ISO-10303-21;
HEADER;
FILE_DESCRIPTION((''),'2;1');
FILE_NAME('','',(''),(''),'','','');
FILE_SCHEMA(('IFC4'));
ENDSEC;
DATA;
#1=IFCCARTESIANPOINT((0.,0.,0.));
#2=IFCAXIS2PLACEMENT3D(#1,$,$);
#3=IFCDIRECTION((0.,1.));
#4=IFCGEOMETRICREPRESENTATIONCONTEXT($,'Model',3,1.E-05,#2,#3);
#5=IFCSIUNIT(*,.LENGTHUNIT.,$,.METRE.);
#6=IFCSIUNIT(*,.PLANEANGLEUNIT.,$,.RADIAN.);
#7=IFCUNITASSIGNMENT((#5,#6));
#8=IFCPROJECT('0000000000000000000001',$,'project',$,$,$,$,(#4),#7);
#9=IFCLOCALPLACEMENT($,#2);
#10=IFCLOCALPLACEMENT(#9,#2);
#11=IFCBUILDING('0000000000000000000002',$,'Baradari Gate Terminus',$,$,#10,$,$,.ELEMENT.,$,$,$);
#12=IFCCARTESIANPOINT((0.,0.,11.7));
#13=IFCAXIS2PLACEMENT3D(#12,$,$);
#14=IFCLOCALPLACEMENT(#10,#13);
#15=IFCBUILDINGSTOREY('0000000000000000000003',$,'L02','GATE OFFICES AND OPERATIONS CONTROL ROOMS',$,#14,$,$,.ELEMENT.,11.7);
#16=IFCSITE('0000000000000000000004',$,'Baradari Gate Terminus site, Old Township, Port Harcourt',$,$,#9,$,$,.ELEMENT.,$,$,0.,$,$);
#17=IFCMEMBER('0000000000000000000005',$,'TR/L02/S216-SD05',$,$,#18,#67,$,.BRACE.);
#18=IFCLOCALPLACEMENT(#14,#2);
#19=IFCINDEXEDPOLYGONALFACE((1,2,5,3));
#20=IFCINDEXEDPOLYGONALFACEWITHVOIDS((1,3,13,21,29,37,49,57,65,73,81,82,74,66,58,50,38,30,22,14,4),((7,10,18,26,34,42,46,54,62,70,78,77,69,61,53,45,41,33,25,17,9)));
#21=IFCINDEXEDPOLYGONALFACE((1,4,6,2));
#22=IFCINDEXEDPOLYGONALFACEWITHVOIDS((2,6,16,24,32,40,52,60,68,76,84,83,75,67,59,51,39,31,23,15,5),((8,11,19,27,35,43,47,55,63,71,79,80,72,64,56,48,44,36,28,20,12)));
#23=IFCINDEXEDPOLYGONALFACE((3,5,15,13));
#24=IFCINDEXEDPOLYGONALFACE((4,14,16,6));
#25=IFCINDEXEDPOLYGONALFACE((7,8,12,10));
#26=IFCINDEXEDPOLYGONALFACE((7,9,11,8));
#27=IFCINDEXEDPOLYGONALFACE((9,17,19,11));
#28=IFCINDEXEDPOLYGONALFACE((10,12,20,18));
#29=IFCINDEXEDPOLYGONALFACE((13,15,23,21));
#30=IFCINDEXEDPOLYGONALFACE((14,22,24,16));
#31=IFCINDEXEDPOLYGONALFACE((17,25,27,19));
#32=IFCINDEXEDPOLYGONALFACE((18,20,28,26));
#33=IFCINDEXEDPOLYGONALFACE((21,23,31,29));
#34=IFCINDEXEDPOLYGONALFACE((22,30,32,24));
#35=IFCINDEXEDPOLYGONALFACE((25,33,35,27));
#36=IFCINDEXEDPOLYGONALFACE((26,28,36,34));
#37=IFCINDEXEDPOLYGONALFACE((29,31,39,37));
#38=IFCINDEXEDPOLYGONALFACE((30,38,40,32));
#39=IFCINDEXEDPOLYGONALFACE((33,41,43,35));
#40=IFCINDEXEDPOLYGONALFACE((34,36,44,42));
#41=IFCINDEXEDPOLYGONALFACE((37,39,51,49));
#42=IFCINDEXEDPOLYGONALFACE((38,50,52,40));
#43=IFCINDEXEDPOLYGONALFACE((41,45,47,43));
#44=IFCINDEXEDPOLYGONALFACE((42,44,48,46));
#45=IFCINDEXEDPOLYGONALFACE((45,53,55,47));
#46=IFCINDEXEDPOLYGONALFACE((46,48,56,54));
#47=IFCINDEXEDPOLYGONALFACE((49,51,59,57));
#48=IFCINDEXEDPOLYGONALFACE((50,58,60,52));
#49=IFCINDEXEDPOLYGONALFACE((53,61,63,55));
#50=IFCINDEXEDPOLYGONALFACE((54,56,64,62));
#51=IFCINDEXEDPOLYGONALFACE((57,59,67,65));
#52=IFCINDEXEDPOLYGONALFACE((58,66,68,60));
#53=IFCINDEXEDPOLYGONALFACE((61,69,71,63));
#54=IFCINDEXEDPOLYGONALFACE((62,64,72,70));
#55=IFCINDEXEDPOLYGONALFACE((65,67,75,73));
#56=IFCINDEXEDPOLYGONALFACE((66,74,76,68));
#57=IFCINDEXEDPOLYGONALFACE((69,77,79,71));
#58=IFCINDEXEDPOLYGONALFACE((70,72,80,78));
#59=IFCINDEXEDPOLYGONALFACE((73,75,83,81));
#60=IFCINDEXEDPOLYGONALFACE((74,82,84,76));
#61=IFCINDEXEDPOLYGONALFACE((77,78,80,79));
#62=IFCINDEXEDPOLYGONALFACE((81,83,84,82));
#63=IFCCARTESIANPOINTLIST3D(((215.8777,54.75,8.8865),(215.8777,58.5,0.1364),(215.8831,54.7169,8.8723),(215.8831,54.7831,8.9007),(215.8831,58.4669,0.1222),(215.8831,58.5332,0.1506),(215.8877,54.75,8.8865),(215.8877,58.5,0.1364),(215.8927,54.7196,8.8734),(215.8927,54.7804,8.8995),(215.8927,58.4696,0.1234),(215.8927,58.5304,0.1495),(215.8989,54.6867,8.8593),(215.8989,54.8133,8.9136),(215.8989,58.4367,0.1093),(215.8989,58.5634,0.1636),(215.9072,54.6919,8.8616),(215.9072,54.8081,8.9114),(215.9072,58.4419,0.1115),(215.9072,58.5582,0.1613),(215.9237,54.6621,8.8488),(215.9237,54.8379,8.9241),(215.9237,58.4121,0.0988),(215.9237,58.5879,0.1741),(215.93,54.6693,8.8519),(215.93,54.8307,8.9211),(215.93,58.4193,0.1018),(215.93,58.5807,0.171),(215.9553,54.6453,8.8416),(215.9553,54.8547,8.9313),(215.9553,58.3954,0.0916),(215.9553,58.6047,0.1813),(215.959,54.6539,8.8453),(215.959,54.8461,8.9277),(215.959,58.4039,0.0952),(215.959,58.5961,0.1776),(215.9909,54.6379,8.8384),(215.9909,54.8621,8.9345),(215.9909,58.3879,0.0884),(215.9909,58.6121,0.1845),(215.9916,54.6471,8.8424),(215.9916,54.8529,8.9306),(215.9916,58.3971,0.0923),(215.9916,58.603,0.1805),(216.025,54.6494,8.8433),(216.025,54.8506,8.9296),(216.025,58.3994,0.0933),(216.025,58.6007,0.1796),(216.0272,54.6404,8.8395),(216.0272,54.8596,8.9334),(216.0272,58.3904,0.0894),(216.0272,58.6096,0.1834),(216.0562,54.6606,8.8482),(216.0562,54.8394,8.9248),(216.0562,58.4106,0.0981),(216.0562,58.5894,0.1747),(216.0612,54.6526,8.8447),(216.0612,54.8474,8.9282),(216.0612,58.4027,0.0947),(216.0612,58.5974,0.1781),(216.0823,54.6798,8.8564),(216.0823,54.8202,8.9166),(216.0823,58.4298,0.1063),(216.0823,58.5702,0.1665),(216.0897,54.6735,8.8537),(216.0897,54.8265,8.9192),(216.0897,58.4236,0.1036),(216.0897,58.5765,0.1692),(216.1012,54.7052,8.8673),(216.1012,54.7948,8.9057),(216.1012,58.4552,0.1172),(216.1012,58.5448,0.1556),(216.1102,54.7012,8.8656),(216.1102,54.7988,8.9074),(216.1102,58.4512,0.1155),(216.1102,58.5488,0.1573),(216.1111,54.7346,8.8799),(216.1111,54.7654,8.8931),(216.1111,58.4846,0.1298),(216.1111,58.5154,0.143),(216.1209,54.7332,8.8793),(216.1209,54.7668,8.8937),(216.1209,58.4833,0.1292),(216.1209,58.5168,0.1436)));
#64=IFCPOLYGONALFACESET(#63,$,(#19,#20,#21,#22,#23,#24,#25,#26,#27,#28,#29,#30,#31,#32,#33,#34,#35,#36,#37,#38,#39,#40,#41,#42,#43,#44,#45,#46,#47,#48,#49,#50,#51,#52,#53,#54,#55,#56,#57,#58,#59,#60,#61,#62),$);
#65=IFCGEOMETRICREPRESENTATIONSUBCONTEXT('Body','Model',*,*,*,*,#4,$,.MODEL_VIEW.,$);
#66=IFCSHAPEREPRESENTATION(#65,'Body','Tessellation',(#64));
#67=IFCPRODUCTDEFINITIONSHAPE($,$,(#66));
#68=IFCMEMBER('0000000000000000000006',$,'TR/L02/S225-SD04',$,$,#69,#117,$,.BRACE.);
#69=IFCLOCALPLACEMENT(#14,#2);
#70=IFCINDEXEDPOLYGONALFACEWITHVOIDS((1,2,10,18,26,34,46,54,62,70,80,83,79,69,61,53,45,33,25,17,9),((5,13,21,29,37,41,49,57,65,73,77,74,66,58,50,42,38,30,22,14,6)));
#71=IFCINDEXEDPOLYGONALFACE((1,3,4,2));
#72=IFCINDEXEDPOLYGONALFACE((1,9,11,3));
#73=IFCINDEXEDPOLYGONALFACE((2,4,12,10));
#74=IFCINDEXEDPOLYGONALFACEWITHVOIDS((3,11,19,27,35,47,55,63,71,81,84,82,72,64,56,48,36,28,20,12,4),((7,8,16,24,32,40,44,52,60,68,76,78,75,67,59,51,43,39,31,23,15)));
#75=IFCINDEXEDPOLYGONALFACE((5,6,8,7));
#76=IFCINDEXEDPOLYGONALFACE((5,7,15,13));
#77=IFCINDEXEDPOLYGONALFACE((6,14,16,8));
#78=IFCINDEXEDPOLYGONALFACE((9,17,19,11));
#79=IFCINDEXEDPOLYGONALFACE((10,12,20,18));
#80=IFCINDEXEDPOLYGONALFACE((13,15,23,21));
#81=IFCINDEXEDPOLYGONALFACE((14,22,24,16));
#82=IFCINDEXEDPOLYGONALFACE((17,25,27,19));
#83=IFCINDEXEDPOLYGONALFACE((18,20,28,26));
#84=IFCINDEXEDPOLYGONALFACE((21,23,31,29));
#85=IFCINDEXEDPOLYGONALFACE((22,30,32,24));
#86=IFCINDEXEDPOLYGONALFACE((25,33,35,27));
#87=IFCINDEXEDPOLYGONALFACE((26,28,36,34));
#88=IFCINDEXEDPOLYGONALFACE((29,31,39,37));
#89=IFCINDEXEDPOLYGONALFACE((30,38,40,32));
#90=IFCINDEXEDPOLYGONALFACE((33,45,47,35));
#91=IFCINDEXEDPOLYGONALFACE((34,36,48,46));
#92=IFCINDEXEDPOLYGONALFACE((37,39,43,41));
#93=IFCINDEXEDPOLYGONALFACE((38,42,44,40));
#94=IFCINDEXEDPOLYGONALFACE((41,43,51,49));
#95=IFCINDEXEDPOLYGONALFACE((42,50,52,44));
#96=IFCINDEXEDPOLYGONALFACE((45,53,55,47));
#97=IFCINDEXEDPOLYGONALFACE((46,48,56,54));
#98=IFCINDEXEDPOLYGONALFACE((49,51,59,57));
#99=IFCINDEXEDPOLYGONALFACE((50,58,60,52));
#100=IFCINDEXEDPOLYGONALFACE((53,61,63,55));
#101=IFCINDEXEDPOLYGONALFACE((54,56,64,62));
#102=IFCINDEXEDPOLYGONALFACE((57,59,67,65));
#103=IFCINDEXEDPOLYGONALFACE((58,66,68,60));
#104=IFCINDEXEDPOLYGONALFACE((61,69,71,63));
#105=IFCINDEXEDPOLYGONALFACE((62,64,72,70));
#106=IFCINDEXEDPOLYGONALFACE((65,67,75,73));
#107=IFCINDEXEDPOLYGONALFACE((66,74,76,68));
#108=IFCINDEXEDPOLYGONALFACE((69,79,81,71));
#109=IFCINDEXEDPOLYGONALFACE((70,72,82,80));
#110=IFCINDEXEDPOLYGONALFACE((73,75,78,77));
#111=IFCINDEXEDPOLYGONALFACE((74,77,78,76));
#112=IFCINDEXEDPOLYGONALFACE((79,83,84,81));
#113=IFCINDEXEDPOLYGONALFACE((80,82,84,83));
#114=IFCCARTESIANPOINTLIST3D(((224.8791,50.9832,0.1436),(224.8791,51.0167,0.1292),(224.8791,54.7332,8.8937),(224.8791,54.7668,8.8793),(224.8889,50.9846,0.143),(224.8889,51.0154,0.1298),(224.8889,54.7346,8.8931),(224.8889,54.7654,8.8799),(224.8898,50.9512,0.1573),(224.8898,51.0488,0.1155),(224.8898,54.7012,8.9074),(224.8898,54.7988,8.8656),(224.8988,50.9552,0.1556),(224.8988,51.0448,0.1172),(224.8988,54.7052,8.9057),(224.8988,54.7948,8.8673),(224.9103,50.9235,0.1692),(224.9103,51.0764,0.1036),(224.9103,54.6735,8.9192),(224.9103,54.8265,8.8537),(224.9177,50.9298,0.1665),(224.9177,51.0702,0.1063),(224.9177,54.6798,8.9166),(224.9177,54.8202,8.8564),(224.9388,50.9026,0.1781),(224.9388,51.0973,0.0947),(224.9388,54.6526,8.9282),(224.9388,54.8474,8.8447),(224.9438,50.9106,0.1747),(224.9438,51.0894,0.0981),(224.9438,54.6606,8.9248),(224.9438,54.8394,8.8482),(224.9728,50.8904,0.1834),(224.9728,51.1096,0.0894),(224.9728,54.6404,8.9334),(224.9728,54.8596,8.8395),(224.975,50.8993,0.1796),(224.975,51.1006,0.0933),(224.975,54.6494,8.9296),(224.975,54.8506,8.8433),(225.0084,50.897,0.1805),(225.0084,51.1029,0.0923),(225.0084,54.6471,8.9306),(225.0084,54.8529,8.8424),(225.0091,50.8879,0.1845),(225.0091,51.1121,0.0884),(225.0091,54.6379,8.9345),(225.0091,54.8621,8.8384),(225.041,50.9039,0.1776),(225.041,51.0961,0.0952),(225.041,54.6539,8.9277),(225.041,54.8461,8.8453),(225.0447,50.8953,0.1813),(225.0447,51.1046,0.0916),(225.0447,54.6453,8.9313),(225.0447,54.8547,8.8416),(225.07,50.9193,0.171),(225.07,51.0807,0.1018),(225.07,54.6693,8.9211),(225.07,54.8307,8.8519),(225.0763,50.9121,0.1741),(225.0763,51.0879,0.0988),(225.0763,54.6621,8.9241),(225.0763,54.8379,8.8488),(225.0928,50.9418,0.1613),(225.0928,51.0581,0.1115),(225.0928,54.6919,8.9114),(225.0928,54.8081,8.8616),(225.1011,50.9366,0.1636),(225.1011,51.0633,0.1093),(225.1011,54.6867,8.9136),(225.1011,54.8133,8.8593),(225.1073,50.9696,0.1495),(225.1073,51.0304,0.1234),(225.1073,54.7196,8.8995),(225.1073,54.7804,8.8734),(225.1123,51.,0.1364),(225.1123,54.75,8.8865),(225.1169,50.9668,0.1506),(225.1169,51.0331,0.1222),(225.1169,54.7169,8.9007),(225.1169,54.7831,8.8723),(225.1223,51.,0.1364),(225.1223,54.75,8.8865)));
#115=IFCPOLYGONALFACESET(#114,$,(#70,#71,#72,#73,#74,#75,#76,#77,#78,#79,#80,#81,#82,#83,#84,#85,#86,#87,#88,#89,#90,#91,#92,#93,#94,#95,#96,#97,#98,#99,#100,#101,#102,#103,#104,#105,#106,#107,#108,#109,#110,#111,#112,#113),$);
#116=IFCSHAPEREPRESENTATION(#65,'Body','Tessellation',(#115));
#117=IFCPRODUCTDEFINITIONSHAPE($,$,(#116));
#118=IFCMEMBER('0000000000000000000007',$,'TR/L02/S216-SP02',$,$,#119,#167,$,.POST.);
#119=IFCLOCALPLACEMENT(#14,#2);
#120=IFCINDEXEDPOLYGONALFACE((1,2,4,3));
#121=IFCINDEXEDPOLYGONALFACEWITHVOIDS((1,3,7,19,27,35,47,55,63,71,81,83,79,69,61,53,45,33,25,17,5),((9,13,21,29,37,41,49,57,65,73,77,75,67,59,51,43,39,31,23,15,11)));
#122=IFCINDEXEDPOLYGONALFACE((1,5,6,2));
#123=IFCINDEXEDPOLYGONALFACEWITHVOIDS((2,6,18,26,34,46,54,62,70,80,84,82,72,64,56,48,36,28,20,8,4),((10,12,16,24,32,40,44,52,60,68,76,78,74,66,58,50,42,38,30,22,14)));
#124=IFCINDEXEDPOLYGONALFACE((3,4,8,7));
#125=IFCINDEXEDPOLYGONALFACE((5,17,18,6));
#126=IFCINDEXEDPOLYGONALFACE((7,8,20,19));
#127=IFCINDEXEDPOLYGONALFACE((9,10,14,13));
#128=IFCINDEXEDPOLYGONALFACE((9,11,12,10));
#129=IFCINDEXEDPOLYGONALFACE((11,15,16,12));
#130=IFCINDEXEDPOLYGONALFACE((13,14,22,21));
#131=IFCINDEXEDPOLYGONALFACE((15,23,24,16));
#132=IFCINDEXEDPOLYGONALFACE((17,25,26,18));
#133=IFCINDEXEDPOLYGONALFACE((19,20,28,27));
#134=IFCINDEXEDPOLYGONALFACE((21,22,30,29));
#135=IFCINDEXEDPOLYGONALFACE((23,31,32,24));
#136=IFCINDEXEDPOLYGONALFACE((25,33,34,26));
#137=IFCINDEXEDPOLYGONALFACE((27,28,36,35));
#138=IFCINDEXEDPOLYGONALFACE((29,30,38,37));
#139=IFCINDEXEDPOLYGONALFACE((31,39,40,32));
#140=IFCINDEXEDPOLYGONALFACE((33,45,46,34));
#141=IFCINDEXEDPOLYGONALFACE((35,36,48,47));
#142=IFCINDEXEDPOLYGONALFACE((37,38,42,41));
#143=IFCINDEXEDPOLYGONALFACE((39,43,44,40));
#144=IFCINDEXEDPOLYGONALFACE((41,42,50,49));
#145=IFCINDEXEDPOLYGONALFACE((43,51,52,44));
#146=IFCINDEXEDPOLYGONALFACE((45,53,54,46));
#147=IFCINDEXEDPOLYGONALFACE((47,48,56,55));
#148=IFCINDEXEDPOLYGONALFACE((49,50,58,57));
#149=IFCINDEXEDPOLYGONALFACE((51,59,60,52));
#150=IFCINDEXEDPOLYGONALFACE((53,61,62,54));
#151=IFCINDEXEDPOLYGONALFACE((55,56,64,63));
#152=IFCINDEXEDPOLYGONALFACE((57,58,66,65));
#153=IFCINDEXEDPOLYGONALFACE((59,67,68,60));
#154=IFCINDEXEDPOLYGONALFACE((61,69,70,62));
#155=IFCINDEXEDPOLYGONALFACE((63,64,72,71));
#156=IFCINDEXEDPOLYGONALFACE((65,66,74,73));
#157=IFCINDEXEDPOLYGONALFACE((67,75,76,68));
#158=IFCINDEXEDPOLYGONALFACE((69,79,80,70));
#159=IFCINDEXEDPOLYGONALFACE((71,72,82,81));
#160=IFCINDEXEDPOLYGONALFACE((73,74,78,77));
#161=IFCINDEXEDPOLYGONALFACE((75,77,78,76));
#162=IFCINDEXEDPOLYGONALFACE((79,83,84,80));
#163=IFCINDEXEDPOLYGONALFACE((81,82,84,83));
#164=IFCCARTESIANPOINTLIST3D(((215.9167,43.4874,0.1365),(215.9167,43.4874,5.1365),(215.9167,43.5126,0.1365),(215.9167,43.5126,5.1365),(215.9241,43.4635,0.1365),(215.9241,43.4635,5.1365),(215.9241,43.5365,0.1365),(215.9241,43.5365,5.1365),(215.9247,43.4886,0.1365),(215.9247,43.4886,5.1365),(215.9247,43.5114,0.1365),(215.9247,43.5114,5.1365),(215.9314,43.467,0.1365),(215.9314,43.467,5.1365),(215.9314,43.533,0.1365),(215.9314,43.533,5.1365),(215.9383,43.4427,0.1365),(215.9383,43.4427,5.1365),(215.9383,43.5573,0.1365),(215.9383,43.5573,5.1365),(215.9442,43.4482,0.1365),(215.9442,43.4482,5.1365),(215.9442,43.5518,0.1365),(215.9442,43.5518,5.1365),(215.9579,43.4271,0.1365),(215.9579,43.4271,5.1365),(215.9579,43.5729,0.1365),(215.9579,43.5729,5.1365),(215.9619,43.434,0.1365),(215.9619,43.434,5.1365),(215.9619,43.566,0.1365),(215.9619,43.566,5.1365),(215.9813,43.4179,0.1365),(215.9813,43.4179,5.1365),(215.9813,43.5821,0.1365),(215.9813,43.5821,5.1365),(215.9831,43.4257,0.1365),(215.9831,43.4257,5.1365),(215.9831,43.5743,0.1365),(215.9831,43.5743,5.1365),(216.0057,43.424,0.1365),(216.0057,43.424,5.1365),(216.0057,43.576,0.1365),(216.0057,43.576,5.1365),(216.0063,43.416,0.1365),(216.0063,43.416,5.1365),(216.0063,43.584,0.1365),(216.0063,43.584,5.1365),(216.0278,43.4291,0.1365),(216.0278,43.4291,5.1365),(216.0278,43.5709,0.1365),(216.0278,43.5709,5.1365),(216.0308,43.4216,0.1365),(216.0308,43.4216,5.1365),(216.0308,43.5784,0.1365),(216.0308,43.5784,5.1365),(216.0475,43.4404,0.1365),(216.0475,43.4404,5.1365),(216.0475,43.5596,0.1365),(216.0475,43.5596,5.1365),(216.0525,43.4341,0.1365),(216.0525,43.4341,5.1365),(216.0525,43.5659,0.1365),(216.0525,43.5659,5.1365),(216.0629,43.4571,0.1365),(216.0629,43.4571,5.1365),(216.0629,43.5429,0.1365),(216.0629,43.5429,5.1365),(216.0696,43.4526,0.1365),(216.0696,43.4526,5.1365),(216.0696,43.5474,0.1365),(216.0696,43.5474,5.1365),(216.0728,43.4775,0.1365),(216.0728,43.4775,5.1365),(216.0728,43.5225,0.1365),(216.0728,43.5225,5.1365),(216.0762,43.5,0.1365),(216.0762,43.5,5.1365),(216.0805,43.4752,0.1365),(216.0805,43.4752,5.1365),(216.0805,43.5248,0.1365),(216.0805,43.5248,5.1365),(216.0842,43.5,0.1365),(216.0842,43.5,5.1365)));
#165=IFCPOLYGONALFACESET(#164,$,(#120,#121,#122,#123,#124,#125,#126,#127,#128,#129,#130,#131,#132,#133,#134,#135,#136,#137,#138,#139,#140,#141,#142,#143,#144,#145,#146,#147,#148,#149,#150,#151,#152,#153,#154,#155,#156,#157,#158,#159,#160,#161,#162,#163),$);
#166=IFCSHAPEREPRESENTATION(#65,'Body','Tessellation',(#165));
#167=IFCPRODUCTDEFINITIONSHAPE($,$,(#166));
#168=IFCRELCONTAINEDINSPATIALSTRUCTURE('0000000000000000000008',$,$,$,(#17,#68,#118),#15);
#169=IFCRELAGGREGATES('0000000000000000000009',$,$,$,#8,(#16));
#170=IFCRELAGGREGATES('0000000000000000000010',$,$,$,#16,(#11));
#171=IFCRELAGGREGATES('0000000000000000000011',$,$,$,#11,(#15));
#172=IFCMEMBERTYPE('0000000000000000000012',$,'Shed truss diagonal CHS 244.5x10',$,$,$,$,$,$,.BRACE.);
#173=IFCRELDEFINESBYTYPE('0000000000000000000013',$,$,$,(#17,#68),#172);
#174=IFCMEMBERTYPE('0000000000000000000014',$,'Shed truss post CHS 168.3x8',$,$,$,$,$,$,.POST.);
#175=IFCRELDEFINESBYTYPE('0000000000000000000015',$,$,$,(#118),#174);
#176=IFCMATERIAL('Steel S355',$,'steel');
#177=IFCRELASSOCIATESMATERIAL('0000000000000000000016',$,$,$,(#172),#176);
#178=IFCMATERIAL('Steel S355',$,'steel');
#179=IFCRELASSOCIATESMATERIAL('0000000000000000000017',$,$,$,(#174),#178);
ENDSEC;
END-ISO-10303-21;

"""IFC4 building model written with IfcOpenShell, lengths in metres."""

from ifc_helpers import new_model, si_unit, direction, frame, origin, origin_2d, place, context, subcontext, project, spatial, hollow_circle, extrude, material, material_profile, profile_set, type_object, element, save


model = new_model("IFC4")

# Units and contexts
model_context = context("Model", 3, precision=1e-05, world=origin(), true_north=direction((0.0, 1.0)))
body_context = subcontext(model_context, "Body", "Model", "MODEL_VIEW")
ifc_project = project(units=[si_unit("LENGTHUNIT", "METRE"), si_unit("PLANEANGLEUNIT", "RADIAN")], contexts=[model_context])

# Site, building, storey
site_placement = place(None, origin())
site = spatial("IfcSite", under=ifc_project, at=site_placement, Name="Baradari Gate Terminus site, Old Township, Port Harcourt", CompositionType="ELEMENT", RefElevation=0.0)
building_placement = place(site_placement, origin())
building = spatial("IfcBuilding", under=site, at=building_placement, Name="Baradari Gate Terminus", CompositionType="ELEMENT")
storey_placement = place(building_placement, frame((0.0, 0.0, 11.7)))
storey = spatial("IfcBuildingStorey", under=building, at=storey_placement, Name="L02", Description="GATE OFFICES AND OPERATIONS CONTROL ROOMS", CompositionType="ELEMENT", Elevation=11.7)

# Members
ifc_material_1 = material(Name="Steel S355", Category="steel")
ifc_material_profile_1 = material_profile(ifc_material_1, hollow_circle(Radius=0.1223, WallThickness=0.01, at=origin_2d()), Name="CHS 244.5x10")
ifc_profile_set_1 = profile_set([ifc_material_profile_1], Name="Steel S355")
member_type_1 = type_object("IfcMemberType", Name="Shed truss diagonal CHS 244.5x10", PredefinedType="BRACE", material=ifc_profile_set_1)
for number, where, z_axis, x_axis, name in (
    (1, (216.0, 54.75, 8.8865), (0.0, 0.393919, -0.919145), (-1.0, 0.0, 0.0), "TR/L02/S216-SD05"),
    (2, (225.0, 54.75, 8.8865), (0.0, -0.393919, -0.919145), (1.0, 0.0, 0.0), "TR/L02/S225-SD04"),
):
    element("IfcMember", number, at=place(storey_placement, frame(where, z_axis=z_axis, x_axis=x_axis)), inside=storey, type_object=member_type_1, Name=name, PredefinedType="BRACE", context=body_context, shape_type="SweptSolid", body=[
        extrude(hollow_circle(Radius=0.1223, WallThickness=0.01, at=origin_2d()), origin(), (0.0, 0.0, 1.0), 9.5198),
    ])
ifc_material_2 = material(Name="Steel S355", Category="steel")
ifc_material_profile_2 = material_profile(ifc_material_2, hollow_circle(Radius=0.0842, WallThickness=0.0081, at=origin_2d()), Name="CHS 168.3x8")
ifc_profile_set_2 = profile_set([ifc_material_profile_2], Name="Steel S355")
member_type_2 = type_object("IfcMemberType", Name="Shed truss post CHS 168.3x8", PredefinedType="POST", material=ifc_profile_set_2)
for number, where, z_axis, x_axis, name in (
    (3, (216.0, 43.5, 0.1365), (0.0, 0.0, 1.0), (1.0, 0.0, 0.0), "TR/L02/S216-SP02"),
):
    element("IfcMember", number, at=place(storey_placement, frame(where, z_axis=z_axis, x_axis=x_axis)), inside=storey, type_object=member_type_2, Name=name, PredefinedType="POST", context=body_context, shape_type="SweptSolid", body=[
        extrude(hollow_circle(Radius=0.0842, WallThickness=0.0081, at=origin_2d()), origin(), (0.0, 0.0, 1.0), 5.0),
    ])

save(model, "model.ifc")
